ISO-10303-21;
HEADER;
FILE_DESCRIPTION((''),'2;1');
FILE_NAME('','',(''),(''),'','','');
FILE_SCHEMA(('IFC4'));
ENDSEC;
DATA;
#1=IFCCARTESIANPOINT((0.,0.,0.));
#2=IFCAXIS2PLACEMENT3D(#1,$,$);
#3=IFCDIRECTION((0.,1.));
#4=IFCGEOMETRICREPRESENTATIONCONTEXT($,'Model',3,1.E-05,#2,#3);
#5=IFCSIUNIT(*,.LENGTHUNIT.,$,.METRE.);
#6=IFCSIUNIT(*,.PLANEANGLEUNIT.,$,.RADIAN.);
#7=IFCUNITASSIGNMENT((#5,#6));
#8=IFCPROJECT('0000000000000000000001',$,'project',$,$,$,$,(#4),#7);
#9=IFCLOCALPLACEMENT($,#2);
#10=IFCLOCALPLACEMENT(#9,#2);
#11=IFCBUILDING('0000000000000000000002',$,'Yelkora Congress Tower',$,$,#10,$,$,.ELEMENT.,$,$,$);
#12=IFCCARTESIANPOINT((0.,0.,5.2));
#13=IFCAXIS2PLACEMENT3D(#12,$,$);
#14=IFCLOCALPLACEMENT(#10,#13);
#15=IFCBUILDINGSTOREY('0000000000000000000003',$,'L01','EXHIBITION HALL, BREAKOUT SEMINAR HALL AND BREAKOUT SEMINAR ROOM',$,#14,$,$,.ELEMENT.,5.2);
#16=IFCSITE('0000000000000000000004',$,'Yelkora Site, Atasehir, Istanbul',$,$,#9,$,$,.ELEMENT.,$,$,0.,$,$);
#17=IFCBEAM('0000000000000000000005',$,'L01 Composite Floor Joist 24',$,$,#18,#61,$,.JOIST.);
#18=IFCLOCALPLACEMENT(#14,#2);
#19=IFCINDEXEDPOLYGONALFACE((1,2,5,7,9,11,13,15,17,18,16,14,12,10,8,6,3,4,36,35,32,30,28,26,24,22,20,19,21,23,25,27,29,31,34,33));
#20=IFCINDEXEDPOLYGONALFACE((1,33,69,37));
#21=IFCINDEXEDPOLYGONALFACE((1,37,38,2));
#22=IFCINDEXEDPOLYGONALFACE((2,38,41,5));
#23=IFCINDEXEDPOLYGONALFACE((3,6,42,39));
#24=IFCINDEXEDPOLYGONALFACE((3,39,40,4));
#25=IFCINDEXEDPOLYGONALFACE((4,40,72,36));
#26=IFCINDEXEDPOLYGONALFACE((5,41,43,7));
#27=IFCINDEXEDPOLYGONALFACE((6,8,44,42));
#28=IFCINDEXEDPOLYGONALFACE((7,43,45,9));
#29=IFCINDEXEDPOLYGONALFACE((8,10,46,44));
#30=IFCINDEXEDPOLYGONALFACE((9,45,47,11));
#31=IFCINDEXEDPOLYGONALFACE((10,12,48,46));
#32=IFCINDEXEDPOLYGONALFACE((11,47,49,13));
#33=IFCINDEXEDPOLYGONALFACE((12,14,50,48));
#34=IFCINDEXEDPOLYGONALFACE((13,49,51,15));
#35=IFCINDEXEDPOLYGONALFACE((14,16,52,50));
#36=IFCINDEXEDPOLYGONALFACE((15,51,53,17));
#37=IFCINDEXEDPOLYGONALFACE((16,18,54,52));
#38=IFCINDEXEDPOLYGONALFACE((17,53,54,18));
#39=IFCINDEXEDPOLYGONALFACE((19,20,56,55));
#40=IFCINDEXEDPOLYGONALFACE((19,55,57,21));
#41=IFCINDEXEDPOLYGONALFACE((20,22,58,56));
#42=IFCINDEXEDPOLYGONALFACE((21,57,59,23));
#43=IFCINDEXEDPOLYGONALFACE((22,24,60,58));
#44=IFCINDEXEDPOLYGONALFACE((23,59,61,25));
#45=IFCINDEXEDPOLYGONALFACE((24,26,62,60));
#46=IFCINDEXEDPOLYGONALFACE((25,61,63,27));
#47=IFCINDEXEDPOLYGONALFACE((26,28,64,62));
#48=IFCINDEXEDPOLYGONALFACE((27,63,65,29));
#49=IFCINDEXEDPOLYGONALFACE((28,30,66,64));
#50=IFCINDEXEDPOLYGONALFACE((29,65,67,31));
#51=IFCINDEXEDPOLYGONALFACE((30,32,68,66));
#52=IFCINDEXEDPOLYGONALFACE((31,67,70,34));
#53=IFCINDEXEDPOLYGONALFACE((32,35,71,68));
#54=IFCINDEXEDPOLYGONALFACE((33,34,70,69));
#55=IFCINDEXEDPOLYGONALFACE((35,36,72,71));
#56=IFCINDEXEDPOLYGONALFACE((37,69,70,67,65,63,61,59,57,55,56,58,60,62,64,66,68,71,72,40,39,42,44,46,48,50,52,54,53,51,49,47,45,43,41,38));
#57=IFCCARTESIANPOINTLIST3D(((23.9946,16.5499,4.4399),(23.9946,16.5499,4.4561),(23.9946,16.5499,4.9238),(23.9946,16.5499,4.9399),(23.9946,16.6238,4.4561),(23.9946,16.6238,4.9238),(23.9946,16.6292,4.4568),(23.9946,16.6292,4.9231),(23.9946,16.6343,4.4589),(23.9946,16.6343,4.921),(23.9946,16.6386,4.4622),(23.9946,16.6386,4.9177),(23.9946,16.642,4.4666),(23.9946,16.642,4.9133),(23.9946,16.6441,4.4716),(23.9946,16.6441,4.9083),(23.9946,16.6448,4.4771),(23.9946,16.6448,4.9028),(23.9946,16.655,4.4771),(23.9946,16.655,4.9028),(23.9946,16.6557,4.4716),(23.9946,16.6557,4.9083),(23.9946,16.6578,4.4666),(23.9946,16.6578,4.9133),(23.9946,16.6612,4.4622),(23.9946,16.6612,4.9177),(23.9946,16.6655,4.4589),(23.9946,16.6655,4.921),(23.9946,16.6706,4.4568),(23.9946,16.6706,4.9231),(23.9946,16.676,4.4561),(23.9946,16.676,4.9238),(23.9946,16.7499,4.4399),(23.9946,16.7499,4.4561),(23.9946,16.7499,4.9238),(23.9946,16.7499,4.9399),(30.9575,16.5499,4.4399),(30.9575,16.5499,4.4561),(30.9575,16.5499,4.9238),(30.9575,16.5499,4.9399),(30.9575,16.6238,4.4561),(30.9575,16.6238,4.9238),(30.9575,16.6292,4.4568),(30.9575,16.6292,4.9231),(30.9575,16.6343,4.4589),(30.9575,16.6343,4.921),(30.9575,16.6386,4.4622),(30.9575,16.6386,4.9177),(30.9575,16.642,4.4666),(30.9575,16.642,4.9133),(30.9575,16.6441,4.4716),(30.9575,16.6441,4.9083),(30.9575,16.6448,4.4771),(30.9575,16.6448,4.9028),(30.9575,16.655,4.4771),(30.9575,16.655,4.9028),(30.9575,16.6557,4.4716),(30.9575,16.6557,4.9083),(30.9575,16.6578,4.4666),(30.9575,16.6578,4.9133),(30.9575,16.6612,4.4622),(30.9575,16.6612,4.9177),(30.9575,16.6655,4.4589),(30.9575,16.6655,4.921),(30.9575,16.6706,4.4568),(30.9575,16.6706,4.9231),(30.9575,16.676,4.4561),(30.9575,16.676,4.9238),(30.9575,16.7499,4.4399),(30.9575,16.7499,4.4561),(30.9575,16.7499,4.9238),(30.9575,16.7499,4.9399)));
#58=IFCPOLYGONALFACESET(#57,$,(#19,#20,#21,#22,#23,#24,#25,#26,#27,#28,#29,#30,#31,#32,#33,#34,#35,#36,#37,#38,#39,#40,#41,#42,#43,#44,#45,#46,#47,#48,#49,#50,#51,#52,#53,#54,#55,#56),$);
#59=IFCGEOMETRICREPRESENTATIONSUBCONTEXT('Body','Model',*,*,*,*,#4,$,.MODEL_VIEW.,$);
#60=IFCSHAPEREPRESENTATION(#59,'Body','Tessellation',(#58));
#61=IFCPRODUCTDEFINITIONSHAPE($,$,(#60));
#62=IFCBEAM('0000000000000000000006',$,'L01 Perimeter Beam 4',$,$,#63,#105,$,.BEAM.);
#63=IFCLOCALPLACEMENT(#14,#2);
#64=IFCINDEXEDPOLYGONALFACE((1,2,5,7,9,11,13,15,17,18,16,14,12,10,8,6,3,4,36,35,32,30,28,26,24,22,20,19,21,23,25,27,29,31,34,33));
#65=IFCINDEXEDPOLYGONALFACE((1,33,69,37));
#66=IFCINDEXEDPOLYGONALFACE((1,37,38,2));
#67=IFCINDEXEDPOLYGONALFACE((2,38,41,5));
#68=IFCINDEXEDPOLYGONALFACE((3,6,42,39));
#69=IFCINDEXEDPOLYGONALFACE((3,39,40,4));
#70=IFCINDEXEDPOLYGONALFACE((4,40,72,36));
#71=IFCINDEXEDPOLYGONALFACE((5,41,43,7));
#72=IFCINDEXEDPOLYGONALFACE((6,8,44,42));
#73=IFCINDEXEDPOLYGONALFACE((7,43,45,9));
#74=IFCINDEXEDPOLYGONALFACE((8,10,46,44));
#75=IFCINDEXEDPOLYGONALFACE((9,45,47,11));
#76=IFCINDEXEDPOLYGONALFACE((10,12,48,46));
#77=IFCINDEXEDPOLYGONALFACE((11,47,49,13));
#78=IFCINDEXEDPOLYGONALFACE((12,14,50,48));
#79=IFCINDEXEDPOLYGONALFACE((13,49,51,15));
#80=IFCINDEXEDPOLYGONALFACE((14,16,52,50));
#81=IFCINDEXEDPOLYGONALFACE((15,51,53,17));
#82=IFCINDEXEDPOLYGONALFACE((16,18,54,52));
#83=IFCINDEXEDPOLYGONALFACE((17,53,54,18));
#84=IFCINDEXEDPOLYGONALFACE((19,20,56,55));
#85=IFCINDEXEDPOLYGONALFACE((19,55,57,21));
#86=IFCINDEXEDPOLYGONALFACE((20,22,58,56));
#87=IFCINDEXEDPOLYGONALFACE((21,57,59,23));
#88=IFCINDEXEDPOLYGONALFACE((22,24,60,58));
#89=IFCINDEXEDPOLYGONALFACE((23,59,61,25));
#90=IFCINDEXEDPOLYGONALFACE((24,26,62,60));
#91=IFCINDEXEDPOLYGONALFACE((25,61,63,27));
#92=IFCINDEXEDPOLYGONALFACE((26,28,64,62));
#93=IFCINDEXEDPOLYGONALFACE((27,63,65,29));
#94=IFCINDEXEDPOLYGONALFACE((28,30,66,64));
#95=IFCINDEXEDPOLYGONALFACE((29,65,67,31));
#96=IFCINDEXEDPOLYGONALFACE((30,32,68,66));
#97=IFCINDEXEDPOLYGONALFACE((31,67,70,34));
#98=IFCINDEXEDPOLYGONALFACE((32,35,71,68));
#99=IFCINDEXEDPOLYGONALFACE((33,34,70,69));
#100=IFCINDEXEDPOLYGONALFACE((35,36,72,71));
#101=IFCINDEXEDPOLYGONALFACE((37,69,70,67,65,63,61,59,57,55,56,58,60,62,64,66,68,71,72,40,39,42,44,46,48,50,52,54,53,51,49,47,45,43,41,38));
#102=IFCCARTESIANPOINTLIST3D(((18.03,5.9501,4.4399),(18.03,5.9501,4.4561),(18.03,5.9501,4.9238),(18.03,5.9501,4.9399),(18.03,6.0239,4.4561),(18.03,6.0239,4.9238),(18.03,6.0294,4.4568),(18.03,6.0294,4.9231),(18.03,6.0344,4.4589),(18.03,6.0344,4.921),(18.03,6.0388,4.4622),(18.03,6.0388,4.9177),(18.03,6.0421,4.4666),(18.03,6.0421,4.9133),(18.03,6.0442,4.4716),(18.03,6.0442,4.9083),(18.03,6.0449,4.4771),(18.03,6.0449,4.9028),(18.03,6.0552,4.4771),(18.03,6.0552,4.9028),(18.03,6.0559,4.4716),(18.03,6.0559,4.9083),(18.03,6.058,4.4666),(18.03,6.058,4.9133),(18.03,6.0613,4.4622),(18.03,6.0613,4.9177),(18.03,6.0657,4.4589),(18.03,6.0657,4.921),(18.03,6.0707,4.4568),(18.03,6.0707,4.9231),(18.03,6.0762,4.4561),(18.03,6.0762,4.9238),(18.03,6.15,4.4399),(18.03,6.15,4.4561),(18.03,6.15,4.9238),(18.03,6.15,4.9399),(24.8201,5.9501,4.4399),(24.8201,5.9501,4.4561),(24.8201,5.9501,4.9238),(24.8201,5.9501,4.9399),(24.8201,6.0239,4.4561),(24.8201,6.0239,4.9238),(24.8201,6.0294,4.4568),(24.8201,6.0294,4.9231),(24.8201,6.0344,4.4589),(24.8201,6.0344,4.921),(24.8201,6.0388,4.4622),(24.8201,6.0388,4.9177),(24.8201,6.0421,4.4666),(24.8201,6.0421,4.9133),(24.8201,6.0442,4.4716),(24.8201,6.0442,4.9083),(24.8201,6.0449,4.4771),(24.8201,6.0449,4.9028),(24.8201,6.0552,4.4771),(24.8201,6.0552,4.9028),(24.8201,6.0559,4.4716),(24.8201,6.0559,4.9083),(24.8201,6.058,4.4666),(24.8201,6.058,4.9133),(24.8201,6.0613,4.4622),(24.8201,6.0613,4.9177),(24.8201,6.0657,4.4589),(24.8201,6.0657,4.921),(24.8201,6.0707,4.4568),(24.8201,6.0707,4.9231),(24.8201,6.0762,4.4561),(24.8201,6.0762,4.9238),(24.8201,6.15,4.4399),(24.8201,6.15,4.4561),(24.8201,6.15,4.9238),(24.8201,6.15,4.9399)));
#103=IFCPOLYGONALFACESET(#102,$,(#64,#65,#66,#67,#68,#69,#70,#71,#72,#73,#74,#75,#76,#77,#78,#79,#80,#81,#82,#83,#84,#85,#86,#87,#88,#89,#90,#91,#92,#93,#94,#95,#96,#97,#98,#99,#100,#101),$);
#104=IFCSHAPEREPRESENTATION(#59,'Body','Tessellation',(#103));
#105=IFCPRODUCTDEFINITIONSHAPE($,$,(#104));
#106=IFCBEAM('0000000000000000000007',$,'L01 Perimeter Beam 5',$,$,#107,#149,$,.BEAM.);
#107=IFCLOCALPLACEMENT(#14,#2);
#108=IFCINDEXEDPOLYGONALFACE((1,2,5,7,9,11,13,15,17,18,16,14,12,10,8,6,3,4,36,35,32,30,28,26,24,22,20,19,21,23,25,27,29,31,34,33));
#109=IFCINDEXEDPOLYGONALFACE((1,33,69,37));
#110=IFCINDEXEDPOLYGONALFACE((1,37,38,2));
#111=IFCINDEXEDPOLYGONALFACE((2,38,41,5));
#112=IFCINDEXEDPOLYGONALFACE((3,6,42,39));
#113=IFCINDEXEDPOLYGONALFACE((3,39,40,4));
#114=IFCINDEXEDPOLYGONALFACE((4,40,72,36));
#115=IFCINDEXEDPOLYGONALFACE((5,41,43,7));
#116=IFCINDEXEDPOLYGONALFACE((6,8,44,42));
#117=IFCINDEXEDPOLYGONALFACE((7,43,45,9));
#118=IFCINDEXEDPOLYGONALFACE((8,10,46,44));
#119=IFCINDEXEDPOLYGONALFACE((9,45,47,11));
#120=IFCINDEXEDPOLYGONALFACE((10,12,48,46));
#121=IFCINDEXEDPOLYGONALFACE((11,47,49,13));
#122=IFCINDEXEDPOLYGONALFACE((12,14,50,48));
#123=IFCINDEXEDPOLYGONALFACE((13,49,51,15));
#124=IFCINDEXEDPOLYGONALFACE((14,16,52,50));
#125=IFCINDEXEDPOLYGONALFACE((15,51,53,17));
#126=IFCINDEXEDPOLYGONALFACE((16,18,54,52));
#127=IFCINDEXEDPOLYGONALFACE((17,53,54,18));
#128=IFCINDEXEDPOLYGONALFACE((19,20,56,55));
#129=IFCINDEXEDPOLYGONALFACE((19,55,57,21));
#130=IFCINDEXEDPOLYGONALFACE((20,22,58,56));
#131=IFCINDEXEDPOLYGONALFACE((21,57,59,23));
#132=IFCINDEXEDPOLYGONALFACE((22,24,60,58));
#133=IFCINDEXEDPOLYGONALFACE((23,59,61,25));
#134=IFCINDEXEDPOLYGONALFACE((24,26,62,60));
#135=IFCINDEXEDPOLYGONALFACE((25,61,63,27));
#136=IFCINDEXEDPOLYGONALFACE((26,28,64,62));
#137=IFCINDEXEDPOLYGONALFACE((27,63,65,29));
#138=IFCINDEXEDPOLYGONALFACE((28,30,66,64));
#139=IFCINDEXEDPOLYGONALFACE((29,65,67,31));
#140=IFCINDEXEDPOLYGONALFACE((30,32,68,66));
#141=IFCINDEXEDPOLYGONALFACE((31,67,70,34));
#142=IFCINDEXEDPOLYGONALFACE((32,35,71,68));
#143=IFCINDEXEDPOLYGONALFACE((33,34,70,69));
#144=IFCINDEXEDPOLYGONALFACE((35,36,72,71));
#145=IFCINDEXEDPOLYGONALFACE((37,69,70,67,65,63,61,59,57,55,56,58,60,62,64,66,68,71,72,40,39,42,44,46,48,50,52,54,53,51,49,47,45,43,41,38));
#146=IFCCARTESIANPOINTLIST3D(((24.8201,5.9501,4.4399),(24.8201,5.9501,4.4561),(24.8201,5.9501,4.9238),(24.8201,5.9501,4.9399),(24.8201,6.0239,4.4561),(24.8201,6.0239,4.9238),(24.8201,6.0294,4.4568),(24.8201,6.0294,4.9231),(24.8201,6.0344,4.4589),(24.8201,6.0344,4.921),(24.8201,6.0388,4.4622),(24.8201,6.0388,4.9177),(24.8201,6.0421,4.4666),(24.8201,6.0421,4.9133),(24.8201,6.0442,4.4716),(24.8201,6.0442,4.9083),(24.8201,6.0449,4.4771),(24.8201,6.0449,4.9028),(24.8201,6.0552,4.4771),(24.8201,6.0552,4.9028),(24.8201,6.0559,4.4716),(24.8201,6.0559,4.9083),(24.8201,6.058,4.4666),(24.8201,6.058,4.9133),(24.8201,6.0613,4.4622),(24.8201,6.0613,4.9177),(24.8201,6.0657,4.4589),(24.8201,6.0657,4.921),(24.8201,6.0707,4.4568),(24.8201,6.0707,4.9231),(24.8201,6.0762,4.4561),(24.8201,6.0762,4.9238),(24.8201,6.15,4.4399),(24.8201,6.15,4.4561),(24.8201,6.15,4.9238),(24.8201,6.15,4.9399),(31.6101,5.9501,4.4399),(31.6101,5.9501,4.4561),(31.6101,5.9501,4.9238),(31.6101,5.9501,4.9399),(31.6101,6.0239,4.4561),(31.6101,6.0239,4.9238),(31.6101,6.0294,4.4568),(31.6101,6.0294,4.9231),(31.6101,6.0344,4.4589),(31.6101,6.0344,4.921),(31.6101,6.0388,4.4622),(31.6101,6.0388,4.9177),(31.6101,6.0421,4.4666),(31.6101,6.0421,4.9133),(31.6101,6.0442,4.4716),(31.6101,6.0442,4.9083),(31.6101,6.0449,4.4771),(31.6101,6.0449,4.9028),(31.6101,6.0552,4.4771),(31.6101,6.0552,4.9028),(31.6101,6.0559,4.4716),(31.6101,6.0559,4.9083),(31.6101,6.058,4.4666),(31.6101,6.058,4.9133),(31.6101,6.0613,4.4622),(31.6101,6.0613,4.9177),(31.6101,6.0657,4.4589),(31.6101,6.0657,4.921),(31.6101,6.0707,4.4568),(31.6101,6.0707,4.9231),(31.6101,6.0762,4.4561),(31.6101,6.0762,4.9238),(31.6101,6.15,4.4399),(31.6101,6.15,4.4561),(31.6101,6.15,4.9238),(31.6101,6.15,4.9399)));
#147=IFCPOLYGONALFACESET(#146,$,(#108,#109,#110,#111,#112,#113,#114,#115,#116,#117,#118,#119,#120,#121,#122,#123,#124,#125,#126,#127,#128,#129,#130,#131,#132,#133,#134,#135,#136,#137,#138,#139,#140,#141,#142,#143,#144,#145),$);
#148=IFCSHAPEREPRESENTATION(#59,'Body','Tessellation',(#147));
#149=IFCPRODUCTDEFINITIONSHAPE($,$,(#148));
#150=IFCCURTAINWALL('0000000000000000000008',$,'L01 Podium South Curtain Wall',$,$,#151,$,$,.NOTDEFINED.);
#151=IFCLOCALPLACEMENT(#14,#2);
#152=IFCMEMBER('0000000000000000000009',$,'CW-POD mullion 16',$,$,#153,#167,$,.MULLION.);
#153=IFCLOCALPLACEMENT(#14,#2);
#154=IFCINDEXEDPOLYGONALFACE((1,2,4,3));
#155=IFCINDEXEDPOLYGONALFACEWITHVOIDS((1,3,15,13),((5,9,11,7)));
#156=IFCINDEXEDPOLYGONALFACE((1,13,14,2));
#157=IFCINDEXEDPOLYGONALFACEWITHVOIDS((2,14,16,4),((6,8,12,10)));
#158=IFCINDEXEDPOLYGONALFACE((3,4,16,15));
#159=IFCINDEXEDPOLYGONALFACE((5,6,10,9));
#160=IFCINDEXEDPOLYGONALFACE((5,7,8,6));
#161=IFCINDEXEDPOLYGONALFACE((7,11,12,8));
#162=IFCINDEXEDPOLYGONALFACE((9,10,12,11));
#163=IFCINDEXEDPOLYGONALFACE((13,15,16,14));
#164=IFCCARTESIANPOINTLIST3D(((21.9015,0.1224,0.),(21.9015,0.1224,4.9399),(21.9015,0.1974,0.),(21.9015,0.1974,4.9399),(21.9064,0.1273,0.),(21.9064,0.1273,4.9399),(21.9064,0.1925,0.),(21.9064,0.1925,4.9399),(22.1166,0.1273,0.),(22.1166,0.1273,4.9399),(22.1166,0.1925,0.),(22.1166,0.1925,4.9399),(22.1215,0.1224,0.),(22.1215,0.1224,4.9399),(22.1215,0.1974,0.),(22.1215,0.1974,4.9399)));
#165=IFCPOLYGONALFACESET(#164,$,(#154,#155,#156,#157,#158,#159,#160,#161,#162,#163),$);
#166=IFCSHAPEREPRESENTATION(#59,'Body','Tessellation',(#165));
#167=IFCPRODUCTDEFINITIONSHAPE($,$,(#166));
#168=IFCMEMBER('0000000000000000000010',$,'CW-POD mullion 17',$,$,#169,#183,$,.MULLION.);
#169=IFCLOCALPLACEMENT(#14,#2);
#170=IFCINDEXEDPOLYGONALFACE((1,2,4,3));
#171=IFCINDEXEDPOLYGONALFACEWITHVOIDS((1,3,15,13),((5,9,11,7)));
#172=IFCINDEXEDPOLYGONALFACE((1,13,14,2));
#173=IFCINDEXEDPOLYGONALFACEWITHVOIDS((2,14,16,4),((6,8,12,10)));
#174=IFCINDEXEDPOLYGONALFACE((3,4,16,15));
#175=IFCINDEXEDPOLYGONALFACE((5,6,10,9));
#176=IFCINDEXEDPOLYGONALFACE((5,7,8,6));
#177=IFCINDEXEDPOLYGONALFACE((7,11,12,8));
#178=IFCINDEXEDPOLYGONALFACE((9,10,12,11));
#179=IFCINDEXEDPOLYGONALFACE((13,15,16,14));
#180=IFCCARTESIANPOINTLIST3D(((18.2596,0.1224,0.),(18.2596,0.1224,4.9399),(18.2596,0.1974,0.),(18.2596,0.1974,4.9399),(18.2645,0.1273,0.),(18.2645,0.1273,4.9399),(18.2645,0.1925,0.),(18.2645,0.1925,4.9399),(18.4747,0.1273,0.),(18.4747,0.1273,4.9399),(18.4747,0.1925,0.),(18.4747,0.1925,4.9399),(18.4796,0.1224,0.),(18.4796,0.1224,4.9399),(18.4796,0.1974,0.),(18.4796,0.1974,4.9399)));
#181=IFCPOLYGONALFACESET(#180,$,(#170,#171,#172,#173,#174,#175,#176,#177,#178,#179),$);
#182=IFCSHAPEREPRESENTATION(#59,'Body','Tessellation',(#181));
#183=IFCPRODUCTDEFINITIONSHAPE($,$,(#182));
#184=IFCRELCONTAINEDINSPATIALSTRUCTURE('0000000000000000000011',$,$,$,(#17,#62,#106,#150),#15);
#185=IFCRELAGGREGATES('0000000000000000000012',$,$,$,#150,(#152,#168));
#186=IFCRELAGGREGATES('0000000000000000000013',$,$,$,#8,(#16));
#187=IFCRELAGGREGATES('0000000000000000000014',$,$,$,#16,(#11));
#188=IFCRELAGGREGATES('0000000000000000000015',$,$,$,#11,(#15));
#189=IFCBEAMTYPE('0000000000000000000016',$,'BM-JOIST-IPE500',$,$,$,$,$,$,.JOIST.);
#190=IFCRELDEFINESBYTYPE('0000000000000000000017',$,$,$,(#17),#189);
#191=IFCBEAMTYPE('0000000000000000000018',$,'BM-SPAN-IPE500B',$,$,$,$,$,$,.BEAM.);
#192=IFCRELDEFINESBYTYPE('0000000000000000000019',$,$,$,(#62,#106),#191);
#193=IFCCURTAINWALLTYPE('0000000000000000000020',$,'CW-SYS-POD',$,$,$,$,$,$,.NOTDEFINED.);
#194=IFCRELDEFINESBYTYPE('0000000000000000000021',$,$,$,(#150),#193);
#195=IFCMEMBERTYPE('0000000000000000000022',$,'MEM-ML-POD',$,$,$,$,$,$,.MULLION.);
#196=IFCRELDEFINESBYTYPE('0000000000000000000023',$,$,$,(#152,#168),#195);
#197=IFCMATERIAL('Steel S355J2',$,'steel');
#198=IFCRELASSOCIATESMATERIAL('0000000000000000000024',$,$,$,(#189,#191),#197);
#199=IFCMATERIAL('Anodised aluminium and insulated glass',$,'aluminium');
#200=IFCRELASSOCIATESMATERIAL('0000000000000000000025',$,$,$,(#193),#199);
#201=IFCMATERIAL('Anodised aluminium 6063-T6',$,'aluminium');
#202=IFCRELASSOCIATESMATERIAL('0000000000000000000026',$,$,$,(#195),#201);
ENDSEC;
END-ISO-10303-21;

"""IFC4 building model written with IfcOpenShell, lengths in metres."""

from ifc_helpers import new_model, si_unit, direction, frame, origin, origin_2d, place, context, subcontext, project, spatial, hollow_rectangle, i_section, extrude, material, material_profile, profile_set, type_object, element, aggregate, save


model = new_model("IFC4")

# Units and contexts
model_context = context("Model", 3, precision=1e-05, world=origin(), true_north=direction((0.0, 1.0)))
body_context = subcontext(model_context, "Body", "Model", "MODEL_VIEW")
ifc_project = project(units=[si_unit("LENGTHUNIT", "METRE"), si_unit("PLANEANGLEUNIT", "RADIAN")], contexts=[model_context])

# Site, building, storey
site_placement = place(None, origin())
site = spatial("IfcSite", under=ifc_project, at=site_placement, Name="Yelkora Site, Atasehir, Istanbul", CompositionType="ELEMENT", RefElevation=0.0)
building_placement = place(site_placement, origin())
building = spatial("IfcBuilding", under=site, at=building_placement, Name="Yelkora Congress Tower", CompositionType="ELEMENT")
storey_placement = place(building_placement, frame((0.0, 0.0, 5.2)))
storey = spatial("IfcBuildingStorey", under=building, at=storey_placement, Name="L01", Description="EXHIBITION HALL, BREAKOUT SEMINAR HALL AND BREAKOUT SEMINAR ROOM", CompositionType="ELEMENT", Elevation=5.2)

# Beams
ifc_material_1 = material(Name="Steel S355J2", Category="steel")
ifc_material_profile_1 = material_profile(ifc_material_1, i_section(OverallWidth=0.2, OverallDepth=0.5, WebThickness=0.0103, FlangeThickness=0.0161, FilletRadius=0.021, at=origin_2d()), Name="IPE 500")
ifc_profile_set_1 = profile_set([ifc_material_profile_1], Name="Steel S355J2")
beam_type_1 = type_object("IfcBeamType", Name="BM-JOIST-IPE500", PredefinedType="JOIST", material=ifc_profile_set_1)
beam_1_placement = place(storey_placement, frame((23.9946, 16.6499, 4.6899), z_axis=(1.0, 0.0, 0.0), x_axis=(0.0, 1.0, 0.0)))
element("IfcBeam", 1, at=beam_1_placement, inside=storey, type_object=beam_type_1, Name="L01 Composite Floor Joist 24", PredefinedType="JOIST", context=body_context, shape_type="SweptSolid", body=[
    extrude(i_section(OverallWidth=0.2, OverallDepth=0.5, WebThickness=0.0103, FlangeThickness=0.0161, FilletRadius=0.021, at=origin_2d()), origin(), (0.0, 0.0, 1.0), 6.9629),
])
ifc_material_profile_2 = material_profile(ifc_material_1, i_section(OverallWidth=0.2, OverallDepth=0.5, WebThickness=0.0103, FlangeThickness=0.0161, FilletRadius=0.021, at=origin_2d()), Name="IPE 500")
ifc_profile_set_2 = profile_set([ifc_material_profile_2], Name="Steel S355J2")
beam_type_2 = type_object("IfcBeamType", Name="BM-SPAN-IPE500B", PredefinedType="BEAM", material=ifc_profile_set_2)
for number, where, z_axis, x_axis, name in (
    (2, (18.03, 6.05, 4.6899), (1.0, 0.0, 0.0), (0.0, 1.0, 0.0), "L01 Perimeter Beam 4"),
    (3, (24.8201, 6.05, 4.6899), (1.0, 0.0, 0.0), (0.0, 1.0, 0.0), "L01 Perimeter Beam 5"),
):
    element("IfcBeam", number, at=place(storey_placement, frame(where, z_axis=z_axis, x_axis=x_axis)), inside=storey, type_object=beam_type_2, Name=name, PredefinedType="BEAM", context=body_context, shape_type="SweptSolid", body=[
        extrude(i_section(OverallWidth=0.2, OverallDepth=0.5, WebThickness=0.0103, FlangeThickness=0.0161, FilletRadius=0.021, at=origin_2d()), origin(), (0.0, 0.0, 1.0), 6.79),
    ])

# Curtain wall, members
ifc_material_2 = material(Name="Anodised aluminium and insulated glass", Category="aluminium")
curtain_wall_type = type_object("IfcCurtainWallType", Name="CW-SYS-POD", PredefinedType="NOTDEFINED", material=ifc_material_2)
curtain_wall_placement = place(storey_placement, origin())
curtain_wall = element("IfcCurtainWall", 4, at=curtain_wall_placement, inside=storey, type_object=curtain_wall_type, Name="L01 Podium South Curtain Wall", PredefinedType="NOTDEFINED")
ifc_material_3 = material(Name="Anodised aluminium 6063-T6", Category="aluminium")
ifc_material_profile_3 = material_profile(ifc_material_3, hollow_rectangle(XDim=0.075, YDim=0.22, WallThickness=0.0049, at=origin_2d()), Name="ALU 75x220x5")
ifc_profile_set_3 = profile_set([ifc_material_profile_3], Name="Anodised aluminium 6063-T6")
member_type_1 = type_object("IfcMemberType", Name="MEM-ML-POD", PredefinedType="MULLION", material=ifc_profile_set_3)
member_1_placement = place(storey_placement, frame((22.0115, 0.1599, 0.0), z_axis=(0.0, 0.0, 1.0), x_axis=(0.0, -1.0, 0.0)))
member_1 = element("IfcMember", 5, at=member_1_placement, type_object=member_type_1, Name="CW-POD mullion 16", PredefinedType="MULLION", context=body_context, shape_type="SweptSolid", body=[
    extrude(hollow_rectangle(XDim=0.075, YDim=0.22, WallThickness=0.0049, at=origin_2d()), origin(), (0.0, 0.0, 1.0), 4.9399),
])
member_2_placement = place(storey_placement, frame((18.3696, 0.1599, 0.0), z_axis=(0.0, 0.0, 1.0), x_axis=(0.0, -1.0, 0.0)))
member_2 = element("IfcMember", 6, at=member_2_placement, type_object=member_type_1, Name="CW-POD mullion 17", PredefinedType="MULLION", context=body_context, shape_type="SweptSolid", body=[
    extrude(hollow_rectangle(XDim=0.075, YDim=0.22, WallThickness=0.0049, at=origin_2d()), origin(), (0.0, 0.0, 1.0), 4.9399),
])
aggregate(curtain_wall, [member_1, member_2])

save(model, "model.ifc")
